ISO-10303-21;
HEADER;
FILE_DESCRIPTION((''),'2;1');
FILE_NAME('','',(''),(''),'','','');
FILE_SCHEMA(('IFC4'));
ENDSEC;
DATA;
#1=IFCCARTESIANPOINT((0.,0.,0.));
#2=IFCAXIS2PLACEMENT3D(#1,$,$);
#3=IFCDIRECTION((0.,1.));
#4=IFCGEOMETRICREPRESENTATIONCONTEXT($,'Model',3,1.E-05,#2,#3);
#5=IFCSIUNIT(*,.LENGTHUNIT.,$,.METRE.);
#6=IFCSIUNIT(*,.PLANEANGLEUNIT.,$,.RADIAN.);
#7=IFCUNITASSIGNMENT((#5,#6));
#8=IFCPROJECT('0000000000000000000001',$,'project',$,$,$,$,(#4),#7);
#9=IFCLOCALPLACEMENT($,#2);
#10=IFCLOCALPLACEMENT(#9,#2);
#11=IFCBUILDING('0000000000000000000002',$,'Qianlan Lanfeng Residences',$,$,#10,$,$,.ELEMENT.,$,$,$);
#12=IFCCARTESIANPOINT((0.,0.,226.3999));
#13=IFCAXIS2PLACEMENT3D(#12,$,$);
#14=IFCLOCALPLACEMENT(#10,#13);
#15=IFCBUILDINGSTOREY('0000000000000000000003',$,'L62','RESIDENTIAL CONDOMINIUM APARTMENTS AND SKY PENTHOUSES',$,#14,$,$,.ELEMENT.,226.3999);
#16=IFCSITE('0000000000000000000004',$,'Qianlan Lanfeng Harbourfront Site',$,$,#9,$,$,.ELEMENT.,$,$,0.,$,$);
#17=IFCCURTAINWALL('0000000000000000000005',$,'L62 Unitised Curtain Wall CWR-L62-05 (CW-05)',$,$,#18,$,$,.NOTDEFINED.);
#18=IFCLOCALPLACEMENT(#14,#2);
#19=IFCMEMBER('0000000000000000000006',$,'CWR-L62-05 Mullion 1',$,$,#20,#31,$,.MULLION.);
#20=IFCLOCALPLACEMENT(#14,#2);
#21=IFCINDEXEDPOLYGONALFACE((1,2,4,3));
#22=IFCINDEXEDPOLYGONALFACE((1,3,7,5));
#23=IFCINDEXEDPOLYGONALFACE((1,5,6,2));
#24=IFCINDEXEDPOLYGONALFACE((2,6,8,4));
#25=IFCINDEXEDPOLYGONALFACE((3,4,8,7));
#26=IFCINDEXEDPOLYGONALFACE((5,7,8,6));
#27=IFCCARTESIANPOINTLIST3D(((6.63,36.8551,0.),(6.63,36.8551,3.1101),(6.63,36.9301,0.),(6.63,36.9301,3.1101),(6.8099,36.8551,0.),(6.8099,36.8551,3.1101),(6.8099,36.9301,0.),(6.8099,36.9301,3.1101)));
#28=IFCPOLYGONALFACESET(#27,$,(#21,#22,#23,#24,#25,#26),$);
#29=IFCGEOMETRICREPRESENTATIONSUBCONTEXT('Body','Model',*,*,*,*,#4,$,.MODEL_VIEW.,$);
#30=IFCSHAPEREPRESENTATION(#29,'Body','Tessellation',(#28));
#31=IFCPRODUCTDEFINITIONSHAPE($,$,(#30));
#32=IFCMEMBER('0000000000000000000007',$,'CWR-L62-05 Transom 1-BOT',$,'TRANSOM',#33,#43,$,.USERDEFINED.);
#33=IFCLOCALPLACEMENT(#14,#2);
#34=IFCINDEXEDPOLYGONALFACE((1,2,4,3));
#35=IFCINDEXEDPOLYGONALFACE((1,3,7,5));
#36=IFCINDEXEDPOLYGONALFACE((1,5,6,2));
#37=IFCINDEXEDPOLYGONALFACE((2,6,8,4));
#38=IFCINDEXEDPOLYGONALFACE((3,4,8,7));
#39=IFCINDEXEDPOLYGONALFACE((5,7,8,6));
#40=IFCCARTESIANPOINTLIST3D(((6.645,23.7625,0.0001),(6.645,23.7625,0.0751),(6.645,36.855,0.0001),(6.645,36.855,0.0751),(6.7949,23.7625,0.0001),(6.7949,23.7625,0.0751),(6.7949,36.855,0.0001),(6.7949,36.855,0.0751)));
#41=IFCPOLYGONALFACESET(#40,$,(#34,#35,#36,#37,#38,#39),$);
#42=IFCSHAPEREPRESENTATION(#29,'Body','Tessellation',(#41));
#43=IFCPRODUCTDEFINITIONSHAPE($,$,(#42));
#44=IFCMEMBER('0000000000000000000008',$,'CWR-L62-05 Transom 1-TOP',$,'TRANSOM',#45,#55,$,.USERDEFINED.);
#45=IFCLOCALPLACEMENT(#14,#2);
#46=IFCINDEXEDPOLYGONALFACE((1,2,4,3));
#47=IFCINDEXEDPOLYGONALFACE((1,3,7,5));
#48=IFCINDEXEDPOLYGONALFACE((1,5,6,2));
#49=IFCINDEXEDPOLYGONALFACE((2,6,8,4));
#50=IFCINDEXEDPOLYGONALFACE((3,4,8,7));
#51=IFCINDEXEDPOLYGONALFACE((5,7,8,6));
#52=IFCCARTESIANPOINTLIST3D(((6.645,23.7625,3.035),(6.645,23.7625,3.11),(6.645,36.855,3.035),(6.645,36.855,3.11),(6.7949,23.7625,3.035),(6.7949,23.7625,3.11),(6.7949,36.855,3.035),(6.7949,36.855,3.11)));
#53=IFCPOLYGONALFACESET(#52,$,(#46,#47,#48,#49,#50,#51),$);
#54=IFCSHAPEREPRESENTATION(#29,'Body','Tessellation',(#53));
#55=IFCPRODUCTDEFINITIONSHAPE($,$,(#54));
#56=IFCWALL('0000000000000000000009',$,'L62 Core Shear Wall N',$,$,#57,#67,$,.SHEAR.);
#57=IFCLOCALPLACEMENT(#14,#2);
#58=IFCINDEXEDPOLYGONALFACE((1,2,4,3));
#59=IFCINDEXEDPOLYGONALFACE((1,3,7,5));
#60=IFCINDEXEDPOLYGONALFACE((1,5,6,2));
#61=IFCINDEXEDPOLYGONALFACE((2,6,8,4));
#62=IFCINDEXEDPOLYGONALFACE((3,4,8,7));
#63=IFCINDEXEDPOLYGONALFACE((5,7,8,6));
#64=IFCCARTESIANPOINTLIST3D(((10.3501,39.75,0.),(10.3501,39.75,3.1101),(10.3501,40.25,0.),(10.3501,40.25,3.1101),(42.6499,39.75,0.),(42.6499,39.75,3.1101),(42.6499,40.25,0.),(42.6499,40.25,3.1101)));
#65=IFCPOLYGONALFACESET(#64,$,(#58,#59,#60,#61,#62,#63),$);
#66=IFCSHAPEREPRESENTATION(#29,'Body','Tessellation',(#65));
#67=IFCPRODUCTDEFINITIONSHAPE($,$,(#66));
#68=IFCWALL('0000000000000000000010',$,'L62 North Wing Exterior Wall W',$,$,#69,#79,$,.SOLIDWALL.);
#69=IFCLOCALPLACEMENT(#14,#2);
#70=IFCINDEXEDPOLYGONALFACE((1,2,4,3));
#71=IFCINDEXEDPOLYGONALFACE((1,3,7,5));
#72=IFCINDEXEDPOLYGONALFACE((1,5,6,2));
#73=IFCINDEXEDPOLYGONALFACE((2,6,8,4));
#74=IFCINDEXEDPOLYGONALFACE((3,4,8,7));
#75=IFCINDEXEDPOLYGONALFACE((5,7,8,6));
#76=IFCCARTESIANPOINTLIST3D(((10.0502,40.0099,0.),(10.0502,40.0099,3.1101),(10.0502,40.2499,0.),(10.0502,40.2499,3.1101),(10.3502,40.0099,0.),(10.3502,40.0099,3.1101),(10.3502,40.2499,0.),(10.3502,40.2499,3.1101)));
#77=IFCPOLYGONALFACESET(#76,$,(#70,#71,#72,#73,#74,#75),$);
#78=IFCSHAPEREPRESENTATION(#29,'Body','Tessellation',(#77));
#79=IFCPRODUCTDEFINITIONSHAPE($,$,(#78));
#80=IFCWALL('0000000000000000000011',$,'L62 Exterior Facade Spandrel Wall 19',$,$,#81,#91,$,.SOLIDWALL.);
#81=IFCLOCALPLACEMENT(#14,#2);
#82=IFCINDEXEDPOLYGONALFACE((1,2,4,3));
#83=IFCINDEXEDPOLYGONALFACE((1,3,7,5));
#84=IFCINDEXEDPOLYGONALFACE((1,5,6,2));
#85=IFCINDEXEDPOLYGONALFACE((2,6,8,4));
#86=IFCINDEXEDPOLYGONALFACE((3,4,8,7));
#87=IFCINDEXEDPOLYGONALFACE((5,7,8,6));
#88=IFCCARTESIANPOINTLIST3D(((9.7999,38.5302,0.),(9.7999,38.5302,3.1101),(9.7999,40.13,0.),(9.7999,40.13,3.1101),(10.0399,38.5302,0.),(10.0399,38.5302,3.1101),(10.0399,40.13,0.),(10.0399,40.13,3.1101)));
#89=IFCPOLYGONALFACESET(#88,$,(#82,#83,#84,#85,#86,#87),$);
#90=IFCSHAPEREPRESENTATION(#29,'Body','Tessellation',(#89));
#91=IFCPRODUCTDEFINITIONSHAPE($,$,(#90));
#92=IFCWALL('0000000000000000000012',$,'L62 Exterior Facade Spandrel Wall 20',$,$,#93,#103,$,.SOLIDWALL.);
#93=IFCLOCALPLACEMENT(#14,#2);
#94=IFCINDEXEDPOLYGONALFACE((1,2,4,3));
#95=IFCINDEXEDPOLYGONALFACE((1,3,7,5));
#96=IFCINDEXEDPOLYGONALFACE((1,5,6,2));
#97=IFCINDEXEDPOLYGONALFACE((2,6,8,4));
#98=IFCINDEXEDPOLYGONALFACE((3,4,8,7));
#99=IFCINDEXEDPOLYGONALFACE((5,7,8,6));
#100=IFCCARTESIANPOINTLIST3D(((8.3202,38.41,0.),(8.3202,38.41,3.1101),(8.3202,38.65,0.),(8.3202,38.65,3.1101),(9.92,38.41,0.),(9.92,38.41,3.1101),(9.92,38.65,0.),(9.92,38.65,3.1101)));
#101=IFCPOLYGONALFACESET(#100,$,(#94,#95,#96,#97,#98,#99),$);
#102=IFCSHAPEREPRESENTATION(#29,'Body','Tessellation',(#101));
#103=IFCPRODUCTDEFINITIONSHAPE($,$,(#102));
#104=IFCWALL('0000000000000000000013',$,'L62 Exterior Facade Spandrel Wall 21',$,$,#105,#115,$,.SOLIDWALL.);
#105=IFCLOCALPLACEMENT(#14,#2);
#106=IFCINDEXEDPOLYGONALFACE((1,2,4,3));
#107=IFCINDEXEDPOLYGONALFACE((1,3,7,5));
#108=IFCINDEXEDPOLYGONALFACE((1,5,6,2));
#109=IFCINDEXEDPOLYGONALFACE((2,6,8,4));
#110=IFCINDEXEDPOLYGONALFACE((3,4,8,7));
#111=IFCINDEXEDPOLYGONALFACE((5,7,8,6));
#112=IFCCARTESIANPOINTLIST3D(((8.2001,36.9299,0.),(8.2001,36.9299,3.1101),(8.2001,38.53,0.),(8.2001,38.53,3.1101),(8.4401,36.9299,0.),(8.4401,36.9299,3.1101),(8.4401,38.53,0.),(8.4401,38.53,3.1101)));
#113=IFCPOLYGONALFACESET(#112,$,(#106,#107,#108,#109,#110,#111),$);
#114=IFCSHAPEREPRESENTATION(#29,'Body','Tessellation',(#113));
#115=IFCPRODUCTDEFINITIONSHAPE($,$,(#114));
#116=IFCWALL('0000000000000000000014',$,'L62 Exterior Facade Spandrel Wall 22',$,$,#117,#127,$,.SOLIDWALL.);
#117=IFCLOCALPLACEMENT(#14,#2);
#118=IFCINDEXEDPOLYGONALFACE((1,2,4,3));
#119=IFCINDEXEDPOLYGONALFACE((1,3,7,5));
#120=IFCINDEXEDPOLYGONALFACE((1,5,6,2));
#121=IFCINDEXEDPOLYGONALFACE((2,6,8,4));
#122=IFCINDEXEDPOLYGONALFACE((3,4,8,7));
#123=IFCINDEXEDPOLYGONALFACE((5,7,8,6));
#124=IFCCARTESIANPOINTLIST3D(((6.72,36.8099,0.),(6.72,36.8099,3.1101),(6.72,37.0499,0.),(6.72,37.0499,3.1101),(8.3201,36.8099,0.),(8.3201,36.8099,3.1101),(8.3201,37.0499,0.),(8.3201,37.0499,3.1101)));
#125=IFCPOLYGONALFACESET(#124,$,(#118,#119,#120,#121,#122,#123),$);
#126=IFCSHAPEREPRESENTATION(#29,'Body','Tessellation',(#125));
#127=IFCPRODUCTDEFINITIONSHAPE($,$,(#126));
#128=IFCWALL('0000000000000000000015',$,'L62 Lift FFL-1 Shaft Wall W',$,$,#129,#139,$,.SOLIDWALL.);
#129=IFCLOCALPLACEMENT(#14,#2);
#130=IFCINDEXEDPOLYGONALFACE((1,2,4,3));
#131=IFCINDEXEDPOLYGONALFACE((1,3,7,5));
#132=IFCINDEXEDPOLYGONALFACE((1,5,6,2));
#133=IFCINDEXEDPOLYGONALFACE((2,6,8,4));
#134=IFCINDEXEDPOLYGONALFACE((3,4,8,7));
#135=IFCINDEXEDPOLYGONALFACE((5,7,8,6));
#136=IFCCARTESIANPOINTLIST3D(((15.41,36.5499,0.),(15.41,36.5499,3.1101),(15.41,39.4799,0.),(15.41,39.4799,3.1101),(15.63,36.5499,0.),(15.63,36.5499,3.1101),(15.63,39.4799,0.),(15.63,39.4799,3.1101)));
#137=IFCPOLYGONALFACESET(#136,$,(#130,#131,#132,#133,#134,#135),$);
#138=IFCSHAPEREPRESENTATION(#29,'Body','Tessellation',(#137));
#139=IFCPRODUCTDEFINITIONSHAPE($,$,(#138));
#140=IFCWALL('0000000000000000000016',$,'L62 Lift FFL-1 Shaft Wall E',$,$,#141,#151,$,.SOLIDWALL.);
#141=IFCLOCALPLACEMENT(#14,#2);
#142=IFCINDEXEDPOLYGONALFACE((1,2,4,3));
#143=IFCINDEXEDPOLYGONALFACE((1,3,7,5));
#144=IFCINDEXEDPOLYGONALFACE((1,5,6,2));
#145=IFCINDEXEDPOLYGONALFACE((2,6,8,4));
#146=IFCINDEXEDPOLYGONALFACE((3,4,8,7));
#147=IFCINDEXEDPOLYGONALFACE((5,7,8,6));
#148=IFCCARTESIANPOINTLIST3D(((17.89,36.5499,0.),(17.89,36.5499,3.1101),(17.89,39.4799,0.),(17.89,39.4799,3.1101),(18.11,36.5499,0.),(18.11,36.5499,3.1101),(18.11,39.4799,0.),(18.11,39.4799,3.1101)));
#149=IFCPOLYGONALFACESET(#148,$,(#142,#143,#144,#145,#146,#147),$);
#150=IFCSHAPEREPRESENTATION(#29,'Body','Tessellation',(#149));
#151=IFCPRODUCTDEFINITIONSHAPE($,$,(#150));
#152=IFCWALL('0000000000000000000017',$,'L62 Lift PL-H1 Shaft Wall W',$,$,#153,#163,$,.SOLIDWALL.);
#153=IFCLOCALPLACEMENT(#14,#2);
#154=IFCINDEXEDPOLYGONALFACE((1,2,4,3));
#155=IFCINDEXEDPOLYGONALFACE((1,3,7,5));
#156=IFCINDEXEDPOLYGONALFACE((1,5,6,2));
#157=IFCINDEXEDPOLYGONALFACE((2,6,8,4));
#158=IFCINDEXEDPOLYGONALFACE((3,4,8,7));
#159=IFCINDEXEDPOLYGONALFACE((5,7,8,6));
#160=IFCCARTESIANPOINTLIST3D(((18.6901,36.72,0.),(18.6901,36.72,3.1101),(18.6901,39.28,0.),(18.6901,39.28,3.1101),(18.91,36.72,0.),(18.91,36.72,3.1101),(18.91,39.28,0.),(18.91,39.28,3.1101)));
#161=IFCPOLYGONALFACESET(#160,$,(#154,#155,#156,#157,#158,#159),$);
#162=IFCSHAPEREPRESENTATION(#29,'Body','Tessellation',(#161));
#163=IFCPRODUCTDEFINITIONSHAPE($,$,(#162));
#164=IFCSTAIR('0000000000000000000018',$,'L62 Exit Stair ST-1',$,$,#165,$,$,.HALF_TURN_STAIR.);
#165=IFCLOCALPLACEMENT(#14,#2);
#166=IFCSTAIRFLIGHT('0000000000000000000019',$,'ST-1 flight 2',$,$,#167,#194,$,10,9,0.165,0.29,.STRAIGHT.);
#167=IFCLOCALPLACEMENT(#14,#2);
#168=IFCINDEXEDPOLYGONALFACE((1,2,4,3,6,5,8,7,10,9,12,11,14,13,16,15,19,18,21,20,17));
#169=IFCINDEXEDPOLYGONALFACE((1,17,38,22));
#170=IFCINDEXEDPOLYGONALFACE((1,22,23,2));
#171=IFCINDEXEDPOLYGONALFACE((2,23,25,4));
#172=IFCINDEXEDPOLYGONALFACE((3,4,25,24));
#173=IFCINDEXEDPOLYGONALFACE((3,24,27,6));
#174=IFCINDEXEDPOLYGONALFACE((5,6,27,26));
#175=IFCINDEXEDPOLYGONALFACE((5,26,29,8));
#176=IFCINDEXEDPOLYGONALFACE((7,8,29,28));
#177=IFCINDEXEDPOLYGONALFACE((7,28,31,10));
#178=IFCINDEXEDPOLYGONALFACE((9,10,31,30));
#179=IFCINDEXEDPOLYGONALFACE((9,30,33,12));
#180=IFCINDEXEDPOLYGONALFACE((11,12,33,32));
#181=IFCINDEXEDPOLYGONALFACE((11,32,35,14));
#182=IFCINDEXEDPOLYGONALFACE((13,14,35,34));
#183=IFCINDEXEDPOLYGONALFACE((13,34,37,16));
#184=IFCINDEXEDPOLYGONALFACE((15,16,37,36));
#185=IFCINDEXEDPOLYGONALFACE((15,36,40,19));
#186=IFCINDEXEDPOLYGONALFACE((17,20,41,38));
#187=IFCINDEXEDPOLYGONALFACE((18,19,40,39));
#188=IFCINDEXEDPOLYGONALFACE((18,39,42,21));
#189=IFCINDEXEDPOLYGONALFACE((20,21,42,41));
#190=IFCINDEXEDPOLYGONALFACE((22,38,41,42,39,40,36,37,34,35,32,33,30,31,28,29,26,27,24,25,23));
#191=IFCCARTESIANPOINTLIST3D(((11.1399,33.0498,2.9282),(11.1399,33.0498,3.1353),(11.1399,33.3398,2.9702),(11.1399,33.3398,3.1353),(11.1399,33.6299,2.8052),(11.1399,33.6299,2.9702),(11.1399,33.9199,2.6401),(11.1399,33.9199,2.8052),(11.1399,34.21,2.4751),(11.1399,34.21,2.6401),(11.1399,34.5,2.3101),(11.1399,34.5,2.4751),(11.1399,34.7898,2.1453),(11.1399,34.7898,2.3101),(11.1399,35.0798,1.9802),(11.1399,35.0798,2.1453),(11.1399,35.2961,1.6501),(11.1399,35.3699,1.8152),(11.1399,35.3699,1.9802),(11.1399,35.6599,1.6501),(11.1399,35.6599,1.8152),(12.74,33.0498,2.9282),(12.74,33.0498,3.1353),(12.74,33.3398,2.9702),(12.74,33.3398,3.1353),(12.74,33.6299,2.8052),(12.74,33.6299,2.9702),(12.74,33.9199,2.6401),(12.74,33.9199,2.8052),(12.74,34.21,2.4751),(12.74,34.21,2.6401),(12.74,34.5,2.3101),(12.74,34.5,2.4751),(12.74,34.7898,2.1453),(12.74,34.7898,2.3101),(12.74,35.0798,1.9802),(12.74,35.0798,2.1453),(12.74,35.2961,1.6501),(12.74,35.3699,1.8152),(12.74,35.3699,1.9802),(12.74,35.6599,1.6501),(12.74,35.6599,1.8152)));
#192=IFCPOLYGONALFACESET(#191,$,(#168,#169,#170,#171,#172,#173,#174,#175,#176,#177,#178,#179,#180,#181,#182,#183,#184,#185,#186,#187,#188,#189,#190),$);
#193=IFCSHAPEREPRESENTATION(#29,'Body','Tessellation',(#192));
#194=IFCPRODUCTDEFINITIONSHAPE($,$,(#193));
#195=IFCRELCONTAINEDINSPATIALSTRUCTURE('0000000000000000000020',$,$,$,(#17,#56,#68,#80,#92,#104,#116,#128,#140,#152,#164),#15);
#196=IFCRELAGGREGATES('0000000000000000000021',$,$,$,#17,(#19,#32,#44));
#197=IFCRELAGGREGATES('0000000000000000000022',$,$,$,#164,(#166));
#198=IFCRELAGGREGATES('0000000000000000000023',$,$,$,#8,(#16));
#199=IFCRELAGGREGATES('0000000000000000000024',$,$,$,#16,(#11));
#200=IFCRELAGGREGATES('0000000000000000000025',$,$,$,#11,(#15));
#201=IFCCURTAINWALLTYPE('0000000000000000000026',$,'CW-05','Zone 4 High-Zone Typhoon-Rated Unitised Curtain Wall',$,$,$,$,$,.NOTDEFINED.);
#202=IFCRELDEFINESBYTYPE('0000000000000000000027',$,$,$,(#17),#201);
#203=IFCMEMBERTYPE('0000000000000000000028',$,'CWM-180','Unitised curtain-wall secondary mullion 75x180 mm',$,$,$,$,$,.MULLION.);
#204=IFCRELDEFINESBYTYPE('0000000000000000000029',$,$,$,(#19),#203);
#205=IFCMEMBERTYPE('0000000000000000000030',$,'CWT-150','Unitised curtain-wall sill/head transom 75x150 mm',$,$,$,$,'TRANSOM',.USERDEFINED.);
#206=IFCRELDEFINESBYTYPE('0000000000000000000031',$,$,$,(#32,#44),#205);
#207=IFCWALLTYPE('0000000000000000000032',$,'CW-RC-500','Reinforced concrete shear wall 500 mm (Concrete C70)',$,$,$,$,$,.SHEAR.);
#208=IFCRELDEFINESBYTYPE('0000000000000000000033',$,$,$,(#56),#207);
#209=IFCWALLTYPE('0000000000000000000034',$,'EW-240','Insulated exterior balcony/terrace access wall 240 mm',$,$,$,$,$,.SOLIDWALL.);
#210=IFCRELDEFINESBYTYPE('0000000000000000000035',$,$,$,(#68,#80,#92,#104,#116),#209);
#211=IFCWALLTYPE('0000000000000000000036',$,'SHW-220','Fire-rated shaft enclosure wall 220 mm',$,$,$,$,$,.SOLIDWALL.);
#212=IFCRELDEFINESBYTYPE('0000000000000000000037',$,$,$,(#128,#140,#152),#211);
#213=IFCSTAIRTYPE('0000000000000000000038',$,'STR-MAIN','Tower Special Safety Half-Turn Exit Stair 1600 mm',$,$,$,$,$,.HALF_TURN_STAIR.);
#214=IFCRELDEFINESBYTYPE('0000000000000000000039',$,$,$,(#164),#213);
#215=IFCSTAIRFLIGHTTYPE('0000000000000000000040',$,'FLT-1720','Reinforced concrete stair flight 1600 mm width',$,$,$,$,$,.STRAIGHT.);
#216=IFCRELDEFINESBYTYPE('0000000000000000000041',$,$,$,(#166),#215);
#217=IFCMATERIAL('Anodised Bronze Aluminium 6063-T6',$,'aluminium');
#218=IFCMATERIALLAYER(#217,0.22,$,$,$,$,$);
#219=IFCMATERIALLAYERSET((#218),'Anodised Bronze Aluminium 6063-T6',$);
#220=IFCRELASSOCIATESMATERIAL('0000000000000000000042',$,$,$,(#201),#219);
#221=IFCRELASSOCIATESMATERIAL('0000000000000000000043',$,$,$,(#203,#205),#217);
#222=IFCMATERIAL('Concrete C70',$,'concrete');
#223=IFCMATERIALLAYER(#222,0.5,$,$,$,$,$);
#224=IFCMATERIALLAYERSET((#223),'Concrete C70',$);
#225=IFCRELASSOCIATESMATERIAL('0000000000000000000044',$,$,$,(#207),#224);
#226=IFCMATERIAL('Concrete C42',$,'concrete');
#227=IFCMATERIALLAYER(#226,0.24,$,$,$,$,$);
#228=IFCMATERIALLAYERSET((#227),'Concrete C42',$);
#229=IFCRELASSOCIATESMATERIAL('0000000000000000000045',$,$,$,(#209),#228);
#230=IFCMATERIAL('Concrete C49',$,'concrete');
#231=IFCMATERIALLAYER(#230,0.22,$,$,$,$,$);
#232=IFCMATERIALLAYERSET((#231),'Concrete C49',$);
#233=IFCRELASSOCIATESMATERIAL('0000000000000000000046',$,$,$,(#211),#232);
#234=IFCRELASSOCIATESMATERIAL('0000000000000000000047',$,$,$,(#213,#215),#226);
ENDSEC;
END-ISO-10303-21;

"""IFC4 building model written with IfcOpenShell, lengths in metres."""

from ifc_helpers import new_model, si_unit, direction, frame, frame_2d, origin, origin_2d, place, context, subcontext, project, spatial, polyline, rectangle, outline, extrude, source, transform, mapped, material, layer, layer_set, material_profile, profile_set, type_object, element, aggregate, save


model = new_model("IFC4")

# Units and contexts
model_context = context("Model", 3, precision=1e-05, world=origin(), true_north=direction((0.0, 1.0)))
body_context = subcontext(model_context, "Body", "Model", "MODEL_VIEW")
ifc_project = project(units=[si_unit("LENGTHUNIT", "METRE"), si_unit("PLANEANGLEUNIT", "RADIAN")], contexts=[model_context])

# Site, building, storey
site_placement = place(None, origin())
site = spatial("IfcSite", under=ifc_project, at=site_placement, Name="Qianlan Lanfeng Harbourfront Site", CompositionType="ELEMENT", RefElevation=0.0)
building_placement = place(site_placement, origin())
building = spatial("IfcBuilding", under=site, at=building_placement, Name="Qianlan Lanfeng Residences", CompositionType="ELEMENT")
storey_placement = place(building_placement, frame((0.0, 0.0, 226.3999)))
storey = spatial("IfcBuildingStorey", under=building, at=storey_placement, Name="L62", Description="RESIDENTIAL CONDOMINIUM APARTMENTS AND SKY PENTHOUSES", CompositionType="ELEMENT", Elevation=226.3999)

# Curtain wall, members
ifc_material_1 = material(Name="Anodised Bronze Aluminium 6063-T6", Category="aluminium")
ifc_layer_1 = layer(ifc_material_1, 0.22)
ifc_layer_set_1 = layer_set([ifc_layer_1], Name="Anodised Bronze Aluminium 6063-T6")
curtain_wall_type = type_object("IfcCurtainWallType", Name="CW-05", Description="Zone 4 High-Zone Typhoon-Rated Unitised Curtain Wall", PredefinedType="NOTDEFINED", material=ifc_layer_set_1)
curtain_wall_placement = place(storey_placement, origin())
curtain_wall = element("IfcCurtainWall", 1, at=curtain_wall_placement, inside=storey, type_object=curtain_wall_type, Name="L62 Unitised Curtain Wall CWR-L62-05 (CW-05)", PredefinedType="NOTDEFINED")
ifc_material_profile_1 = material_profile(ifc_material_1, rectangle(XDim=0.075, YDim=0.1799, at=origin_2d()), Name="ALU MULLION 75x180")
ifc_profile_set_1 = profile_set([ifc_material_profile_1], Name="Anodised Bronze Aluminium 6063-T6")
member_type_1 = type_object("IfcMemberType", Name="CWM-180", Description="Unitised curtain-wall secondary mullion 75x180 mm", PredefinedType="MULLION", material=ifc_profile_set_1)
shared_shape_1 = source(origin(), body_context, "Body", "SweptSolid", [
    extrude(rectangle(XDim=0.075, YDim=0.1799, at=origin_2d()), origin(), (0.0, 0.0, 1.0), 3.1101),
])
member_1_placement = place(storey_placement, frame((6.72, 36.8926, 0.0), z_axis=(0.0, 0.0, 1.0), x_axis=(0.0, -1.0, 0.0)))
member_1 = element("IfcMember", 2, at=member_1_placement, type_object=member_type_1, Name="CWR-L62-05 Mullion 1", PredefinedType="MULLION", context=body_context, shape_type="MappedRepresentation", body=[
    mapped(shared_shape_1, transform((0.0, 0.0, 0.0), scale=1.0)),
])
ifc_material_profile_2 = material_profile(ifc_material_1, rectangle(XDim=0.075, YDim=0.1499, at=origin_2d()), Name="ALU TRANSOM 75x150")
ifc_profile_set_2 = profile_set([ifc_material_profile_2], Name="Anodised Bronze Aluminium 6063-T6")
member_type_2 = type_object("IfcMemberType", Name="CWT-150", Description="Unitised curtain-wall sill/head transom 75x150 mm", ElementType="TRANSOM", PredefinedType="USERDEFINED", material=ifc_profile_set_2)
shared_shape_2 = source(origin(), body_context, "Body", "SweptSolid", [
    extrude(rectangle(XDim=0.075, YDim=0.1499, at=origin_2d()), origin(), (0.0, 0.0, 1.0), 13.0925),
])
member_2_placement = place(storey_placement, frame((6.72, 36.855, 0.0376), z_axis=(0.0, -1.0, 0.0), x_axis=(0.0, 0.0, 1.0)))
member_2 = element("IfcMember", 3, at=member_2_placement, type_object=member_type_2, Name="CWR-L62-05 Transom 1-BOT", ObjectType="TRANSOM", PredefinedType="USERDEFINED", context=body_context, shape_type="MappedRepresentation", body=[
    mapped(shared_shape_2, transform((0.0, 0.0, 0.0), scale=1.0)),
])
member_3_placement = place(storey_placement, frame((6.72, 36.855, 3.0725), z_axis=(0.0, -1.0, 0.0), x_axis=(0.0, 0.0, 1.0)))
member_3 = element("IfcMember", 4, at=member_3_placement, type_object=member_type_2, Name="CWR-L62-05 Transom 1-TOP", ObjectType="TRANSOM", PredefinedType="USERDEFINED", context=body_context, shape_type="MappedRepresentation", body=[
    mapped(shared_shape_2, transform((0.0, 0.0, 0.0), scale=1.0)),
])
aggregate(curtain_wall, [member_1, member_2, member_3])

# Shared definitions
ifc_material_2 = material(Name="Concrete C49", Category="concrete")

# Walls
ifc_material_3 = material(Name="Concrete C70", Category="concrete")
ifc_layer_2 = layer(ifc_material_3, 0.5)
ifc_layer_set_2 = layer_set([ifc_layer_2], Name="Concrete C70")
wall_type_1 = type_object("IfcWallType", Name="CW-RC-500", Description="Reinforced concrete shear wall 500 mm (Concrete C70)", PredefinedType="SHEAR", material=ifc_layer_set_2)
wall_1_placement = place(storey_placement, frame((10.3501, 40.0, 0.0), z_axis=(0.0, 0.0, 1.0), x_axis=(1.0, 0.0, 0.0)))
element("IfcWall", 5, at=wall_1_placement, inside=storey, type_object=wall_type_1, Name="L62 Core Shear Wall N", PredefinedType="SHEAR", context=body_context, shape_type="SweptSolid", body=[
    extrude(rectangle(XDim=32.2998, YDim=0.5, at=frame_2d((16.1499, 0.0))), origin(), (0.0, 0.0, 1.0), 3.1101),
])
ifc_material_4 = material(Name="Concrete C42", Category="concrete")
ifc_layer_3 = layer(ifc_material_4, 0.24)
ifc_layer_set_3 = layer_set([ifc_layer_3], Name="Concrete C42")
wall_type_2 = type_object("IfcWallType", Name="EW-240", Description="Insulated exterior balcony/terrace access wall 240 mm", PredefinedType="SOLIDWALL", material=ifc_layer_set_3)
wall_2_placement = place(storey_placement, frame((10.3501, 40.1299, 0.0), z_axis=(0.0, 0.0, 1.0), x_axis=(-1.0, 0.0, 0.0)))
element("IfcWall", 6, at=wall_2_placement, inside=storey, type_object=wall_type_2, Name="L62 North Wing Exterior Wall W", PredefinedType="SOLIDWALL", context=body_context, shape_type="SweptSolid", body=[
    extrude(rectangle(XDim=0.3, YDim=0.24, at=frame_2d((0.1499, 0.0))), origin(), (0.0, 0.0, 1.0), 3.1101),
])
for number, where, z_axis, x_axis, name in (
    (7, (9.9199, 40.1299, 0.0), (0.0, 0.0, 1.0), (0.0, -1.0, 0.0), "L62 Exterior Facade Spandrel Wall 19"),
    (8, (9.9199, 38.53, 0.0), (0.0, 0.0, 1.0), (-1.0, 0.0, 0.0), "L62 Exterior Facade Spandrel Wall 20"),
):
    element("IfcWall", number, at=place(storey_placement, frame(where, z_axis=z_axis, x_axis=x_axis)), inside=storey, type_object=wall_type_2, Name=name, PredefinedType="SOLIDWALL", context=body_context, shape_type="SweptSolid", body=[
        extrude(rectangle(XDim=1.5999, YDim=0.24, at=frame_2d((0.7998, 0.0))), origin(), (0.0, 0.0, 1.0), 3.1101),
    ])
for number, where, z_axis, x_axis, name in (
    (9, (8.3201, 38.53, 0.0), (0.0, 0.0, 1.0), (0.0, -1.0, 0.0), "L62 Exterior Facade Spandrel Wall 21"),
    (10, (8.3201, 36.9299, 0.0), (0.0, 0.0, 1.0), (-1.0, 0.0, 0.0), "L62 Exterior Facade Spandrel Wall 22"),
):
    element("IfcWall", number, at=place(storey_placement, frame(where, z_axis=z_axis, x_axis=x_axis)), inside=storey, type_object=wall_type_2, Name=name, PredefinedType="SOLIDWALL", context=body_context, shape_type="SweptSolid", body=[
        extrude(rectangle(XDim=1.6001, YDim=0.24, at=frame_2d((0.8, 0.0))), origin(), (0.0, 0.0, 1.0), 3.1101),
    ])
ifc_layer_4 = layer(ifc_material_2, 0.22)
ifc_layer_set_4 = layer_set([ifc_layer_4], Name="Concrete C49")
wall_type_3 = type_object("IfcWallType", Name="SHW-220", Description="Fire-rated shaft enclosure wall 220 mm", PredefinedType="SOLIDWALL", material=ifc_layer_set_4)
for number, where, z_axis, x_axis, name in (
    (11, (15.52, 36.55, 0.0), (0.0, 0.0, 1.0), (0.0, 1.0, 0.0), "L62 Lift FFL-1 Shaft Wall W"),
    (12, (18.0, 36.55, 0.0), (0.0, 0.0, 1.0), (0.0, 1.0, 0.0), "L62 Lift FFL-1 Shaft Wall E"),
):
    element("IfcWall", number, at=place(storey_placement, frame(where, z_axis=z_axis, x_axis=x_axis)), inside=storey, type_object=wall_type_3, Name=name, PredefinedType="SOLIDWALL", context=body_context, shape_type="SweptSolid", body=[
        extrude(rectangle(XDim=2.9299, YDim=0.22, at=frame_2d((1.4648, 0.0))), origin(), (0.0, 0.0, 1.0), 3.1101),
    ])
wall_3_placement = place(storey_placement, frame((18.8, 36.72, 0.0), z_axis=(0.0, 0.0, 1.0), x_axis=(0.0, 1.0, 0.0)))
element("IfcWall", 13, at=wall_3_placement, inside=storey, type_object=wall_type_3, Name="L62 Lift PL-H1 Shaft Wall W", PredefinedType="SOLIDWALL", context=body_context, shape_type="SweptSolid", body=[
    extrude(rectangle(XDim=2.5601, YDim=0.22, at=frame_2d((1.28, 0.0))), origin(), (0.0, 0.0, 1.0), 3.1101),
])

# Stair, stair flight
stair_type = type_object("IfcStairType", Name="STR-MAIN", Description="Tower Special Safety Half-Turn Exit Stair 1600 mm", PredefinedType="HALF_TURN_STAIR", material=ifc_material_4)
stair_placement = place(storey_placement, origin())
stair = element("IfcStair", 14, at=stair_placement, inside=storey, type_object=stair_type, Name="L62 Exit Stair ST-1", PredefinedType="HALF_TURN_STAIR")
stair_flight_type = type_object("IfcStairFlightType", Name="FLT-1720", Description="Reinforced concrete stair flight 1600 mm width", PredefinedType="STRAIGHT", material=ifc_material_4)
stair_flight_placement = place(storey_placement, frame((11.9399, 35.6599, 1.6501), z_axis=(0.0, 0.0, 1.0), x_axis=(0.0, -1.0, 0.0)))
stair_flight = element("IfcStairFlight", 15, at=stair_flight_placement, type_object=stair_flight_type, Name="ST-1 flight 2", NumberOfRisers=10, NumberOfTreads=9, PredefinedType="STRAIGHT", RiserHeight=0.165, TreadLength=0.29, context=body_context, shape_type="SweptSolid", body=[
    extrude(outline(polyline([(0.0, 0.0), (0.0, 0.165), (0.29, 0.165), (0.29, 0.3301), (0.5801, 0.3301), (0.5801, 0.4951), (0.8701, 0.4951), (0.8701, 0.6599), (1.1599, 0.6599), (1.1599, 0.825), (1.45, 0.825), (1.45, 0.99), (1.74, 0.99), (1.74, 1.155), (2.03, 1.155), (2.03, 1.3201), (2.3201, 1.3201), (2.3201, 1.4851), (2.6101, 1.4851), (2.6101, 1.6499), (2.6101, 1.2781), (0.3638, 0.0), (0.0, 0.0)])), frame((0.0, 0.8, 0.0), z_axis=(0.0, -1.0, 0.0), x_axis=(1.0, 0.0, 0.0)), (0.0, 0.0, 1.0), 1.6001),
])
aggregate(stair, [stair_flight])

save(model, "model.ifc")
